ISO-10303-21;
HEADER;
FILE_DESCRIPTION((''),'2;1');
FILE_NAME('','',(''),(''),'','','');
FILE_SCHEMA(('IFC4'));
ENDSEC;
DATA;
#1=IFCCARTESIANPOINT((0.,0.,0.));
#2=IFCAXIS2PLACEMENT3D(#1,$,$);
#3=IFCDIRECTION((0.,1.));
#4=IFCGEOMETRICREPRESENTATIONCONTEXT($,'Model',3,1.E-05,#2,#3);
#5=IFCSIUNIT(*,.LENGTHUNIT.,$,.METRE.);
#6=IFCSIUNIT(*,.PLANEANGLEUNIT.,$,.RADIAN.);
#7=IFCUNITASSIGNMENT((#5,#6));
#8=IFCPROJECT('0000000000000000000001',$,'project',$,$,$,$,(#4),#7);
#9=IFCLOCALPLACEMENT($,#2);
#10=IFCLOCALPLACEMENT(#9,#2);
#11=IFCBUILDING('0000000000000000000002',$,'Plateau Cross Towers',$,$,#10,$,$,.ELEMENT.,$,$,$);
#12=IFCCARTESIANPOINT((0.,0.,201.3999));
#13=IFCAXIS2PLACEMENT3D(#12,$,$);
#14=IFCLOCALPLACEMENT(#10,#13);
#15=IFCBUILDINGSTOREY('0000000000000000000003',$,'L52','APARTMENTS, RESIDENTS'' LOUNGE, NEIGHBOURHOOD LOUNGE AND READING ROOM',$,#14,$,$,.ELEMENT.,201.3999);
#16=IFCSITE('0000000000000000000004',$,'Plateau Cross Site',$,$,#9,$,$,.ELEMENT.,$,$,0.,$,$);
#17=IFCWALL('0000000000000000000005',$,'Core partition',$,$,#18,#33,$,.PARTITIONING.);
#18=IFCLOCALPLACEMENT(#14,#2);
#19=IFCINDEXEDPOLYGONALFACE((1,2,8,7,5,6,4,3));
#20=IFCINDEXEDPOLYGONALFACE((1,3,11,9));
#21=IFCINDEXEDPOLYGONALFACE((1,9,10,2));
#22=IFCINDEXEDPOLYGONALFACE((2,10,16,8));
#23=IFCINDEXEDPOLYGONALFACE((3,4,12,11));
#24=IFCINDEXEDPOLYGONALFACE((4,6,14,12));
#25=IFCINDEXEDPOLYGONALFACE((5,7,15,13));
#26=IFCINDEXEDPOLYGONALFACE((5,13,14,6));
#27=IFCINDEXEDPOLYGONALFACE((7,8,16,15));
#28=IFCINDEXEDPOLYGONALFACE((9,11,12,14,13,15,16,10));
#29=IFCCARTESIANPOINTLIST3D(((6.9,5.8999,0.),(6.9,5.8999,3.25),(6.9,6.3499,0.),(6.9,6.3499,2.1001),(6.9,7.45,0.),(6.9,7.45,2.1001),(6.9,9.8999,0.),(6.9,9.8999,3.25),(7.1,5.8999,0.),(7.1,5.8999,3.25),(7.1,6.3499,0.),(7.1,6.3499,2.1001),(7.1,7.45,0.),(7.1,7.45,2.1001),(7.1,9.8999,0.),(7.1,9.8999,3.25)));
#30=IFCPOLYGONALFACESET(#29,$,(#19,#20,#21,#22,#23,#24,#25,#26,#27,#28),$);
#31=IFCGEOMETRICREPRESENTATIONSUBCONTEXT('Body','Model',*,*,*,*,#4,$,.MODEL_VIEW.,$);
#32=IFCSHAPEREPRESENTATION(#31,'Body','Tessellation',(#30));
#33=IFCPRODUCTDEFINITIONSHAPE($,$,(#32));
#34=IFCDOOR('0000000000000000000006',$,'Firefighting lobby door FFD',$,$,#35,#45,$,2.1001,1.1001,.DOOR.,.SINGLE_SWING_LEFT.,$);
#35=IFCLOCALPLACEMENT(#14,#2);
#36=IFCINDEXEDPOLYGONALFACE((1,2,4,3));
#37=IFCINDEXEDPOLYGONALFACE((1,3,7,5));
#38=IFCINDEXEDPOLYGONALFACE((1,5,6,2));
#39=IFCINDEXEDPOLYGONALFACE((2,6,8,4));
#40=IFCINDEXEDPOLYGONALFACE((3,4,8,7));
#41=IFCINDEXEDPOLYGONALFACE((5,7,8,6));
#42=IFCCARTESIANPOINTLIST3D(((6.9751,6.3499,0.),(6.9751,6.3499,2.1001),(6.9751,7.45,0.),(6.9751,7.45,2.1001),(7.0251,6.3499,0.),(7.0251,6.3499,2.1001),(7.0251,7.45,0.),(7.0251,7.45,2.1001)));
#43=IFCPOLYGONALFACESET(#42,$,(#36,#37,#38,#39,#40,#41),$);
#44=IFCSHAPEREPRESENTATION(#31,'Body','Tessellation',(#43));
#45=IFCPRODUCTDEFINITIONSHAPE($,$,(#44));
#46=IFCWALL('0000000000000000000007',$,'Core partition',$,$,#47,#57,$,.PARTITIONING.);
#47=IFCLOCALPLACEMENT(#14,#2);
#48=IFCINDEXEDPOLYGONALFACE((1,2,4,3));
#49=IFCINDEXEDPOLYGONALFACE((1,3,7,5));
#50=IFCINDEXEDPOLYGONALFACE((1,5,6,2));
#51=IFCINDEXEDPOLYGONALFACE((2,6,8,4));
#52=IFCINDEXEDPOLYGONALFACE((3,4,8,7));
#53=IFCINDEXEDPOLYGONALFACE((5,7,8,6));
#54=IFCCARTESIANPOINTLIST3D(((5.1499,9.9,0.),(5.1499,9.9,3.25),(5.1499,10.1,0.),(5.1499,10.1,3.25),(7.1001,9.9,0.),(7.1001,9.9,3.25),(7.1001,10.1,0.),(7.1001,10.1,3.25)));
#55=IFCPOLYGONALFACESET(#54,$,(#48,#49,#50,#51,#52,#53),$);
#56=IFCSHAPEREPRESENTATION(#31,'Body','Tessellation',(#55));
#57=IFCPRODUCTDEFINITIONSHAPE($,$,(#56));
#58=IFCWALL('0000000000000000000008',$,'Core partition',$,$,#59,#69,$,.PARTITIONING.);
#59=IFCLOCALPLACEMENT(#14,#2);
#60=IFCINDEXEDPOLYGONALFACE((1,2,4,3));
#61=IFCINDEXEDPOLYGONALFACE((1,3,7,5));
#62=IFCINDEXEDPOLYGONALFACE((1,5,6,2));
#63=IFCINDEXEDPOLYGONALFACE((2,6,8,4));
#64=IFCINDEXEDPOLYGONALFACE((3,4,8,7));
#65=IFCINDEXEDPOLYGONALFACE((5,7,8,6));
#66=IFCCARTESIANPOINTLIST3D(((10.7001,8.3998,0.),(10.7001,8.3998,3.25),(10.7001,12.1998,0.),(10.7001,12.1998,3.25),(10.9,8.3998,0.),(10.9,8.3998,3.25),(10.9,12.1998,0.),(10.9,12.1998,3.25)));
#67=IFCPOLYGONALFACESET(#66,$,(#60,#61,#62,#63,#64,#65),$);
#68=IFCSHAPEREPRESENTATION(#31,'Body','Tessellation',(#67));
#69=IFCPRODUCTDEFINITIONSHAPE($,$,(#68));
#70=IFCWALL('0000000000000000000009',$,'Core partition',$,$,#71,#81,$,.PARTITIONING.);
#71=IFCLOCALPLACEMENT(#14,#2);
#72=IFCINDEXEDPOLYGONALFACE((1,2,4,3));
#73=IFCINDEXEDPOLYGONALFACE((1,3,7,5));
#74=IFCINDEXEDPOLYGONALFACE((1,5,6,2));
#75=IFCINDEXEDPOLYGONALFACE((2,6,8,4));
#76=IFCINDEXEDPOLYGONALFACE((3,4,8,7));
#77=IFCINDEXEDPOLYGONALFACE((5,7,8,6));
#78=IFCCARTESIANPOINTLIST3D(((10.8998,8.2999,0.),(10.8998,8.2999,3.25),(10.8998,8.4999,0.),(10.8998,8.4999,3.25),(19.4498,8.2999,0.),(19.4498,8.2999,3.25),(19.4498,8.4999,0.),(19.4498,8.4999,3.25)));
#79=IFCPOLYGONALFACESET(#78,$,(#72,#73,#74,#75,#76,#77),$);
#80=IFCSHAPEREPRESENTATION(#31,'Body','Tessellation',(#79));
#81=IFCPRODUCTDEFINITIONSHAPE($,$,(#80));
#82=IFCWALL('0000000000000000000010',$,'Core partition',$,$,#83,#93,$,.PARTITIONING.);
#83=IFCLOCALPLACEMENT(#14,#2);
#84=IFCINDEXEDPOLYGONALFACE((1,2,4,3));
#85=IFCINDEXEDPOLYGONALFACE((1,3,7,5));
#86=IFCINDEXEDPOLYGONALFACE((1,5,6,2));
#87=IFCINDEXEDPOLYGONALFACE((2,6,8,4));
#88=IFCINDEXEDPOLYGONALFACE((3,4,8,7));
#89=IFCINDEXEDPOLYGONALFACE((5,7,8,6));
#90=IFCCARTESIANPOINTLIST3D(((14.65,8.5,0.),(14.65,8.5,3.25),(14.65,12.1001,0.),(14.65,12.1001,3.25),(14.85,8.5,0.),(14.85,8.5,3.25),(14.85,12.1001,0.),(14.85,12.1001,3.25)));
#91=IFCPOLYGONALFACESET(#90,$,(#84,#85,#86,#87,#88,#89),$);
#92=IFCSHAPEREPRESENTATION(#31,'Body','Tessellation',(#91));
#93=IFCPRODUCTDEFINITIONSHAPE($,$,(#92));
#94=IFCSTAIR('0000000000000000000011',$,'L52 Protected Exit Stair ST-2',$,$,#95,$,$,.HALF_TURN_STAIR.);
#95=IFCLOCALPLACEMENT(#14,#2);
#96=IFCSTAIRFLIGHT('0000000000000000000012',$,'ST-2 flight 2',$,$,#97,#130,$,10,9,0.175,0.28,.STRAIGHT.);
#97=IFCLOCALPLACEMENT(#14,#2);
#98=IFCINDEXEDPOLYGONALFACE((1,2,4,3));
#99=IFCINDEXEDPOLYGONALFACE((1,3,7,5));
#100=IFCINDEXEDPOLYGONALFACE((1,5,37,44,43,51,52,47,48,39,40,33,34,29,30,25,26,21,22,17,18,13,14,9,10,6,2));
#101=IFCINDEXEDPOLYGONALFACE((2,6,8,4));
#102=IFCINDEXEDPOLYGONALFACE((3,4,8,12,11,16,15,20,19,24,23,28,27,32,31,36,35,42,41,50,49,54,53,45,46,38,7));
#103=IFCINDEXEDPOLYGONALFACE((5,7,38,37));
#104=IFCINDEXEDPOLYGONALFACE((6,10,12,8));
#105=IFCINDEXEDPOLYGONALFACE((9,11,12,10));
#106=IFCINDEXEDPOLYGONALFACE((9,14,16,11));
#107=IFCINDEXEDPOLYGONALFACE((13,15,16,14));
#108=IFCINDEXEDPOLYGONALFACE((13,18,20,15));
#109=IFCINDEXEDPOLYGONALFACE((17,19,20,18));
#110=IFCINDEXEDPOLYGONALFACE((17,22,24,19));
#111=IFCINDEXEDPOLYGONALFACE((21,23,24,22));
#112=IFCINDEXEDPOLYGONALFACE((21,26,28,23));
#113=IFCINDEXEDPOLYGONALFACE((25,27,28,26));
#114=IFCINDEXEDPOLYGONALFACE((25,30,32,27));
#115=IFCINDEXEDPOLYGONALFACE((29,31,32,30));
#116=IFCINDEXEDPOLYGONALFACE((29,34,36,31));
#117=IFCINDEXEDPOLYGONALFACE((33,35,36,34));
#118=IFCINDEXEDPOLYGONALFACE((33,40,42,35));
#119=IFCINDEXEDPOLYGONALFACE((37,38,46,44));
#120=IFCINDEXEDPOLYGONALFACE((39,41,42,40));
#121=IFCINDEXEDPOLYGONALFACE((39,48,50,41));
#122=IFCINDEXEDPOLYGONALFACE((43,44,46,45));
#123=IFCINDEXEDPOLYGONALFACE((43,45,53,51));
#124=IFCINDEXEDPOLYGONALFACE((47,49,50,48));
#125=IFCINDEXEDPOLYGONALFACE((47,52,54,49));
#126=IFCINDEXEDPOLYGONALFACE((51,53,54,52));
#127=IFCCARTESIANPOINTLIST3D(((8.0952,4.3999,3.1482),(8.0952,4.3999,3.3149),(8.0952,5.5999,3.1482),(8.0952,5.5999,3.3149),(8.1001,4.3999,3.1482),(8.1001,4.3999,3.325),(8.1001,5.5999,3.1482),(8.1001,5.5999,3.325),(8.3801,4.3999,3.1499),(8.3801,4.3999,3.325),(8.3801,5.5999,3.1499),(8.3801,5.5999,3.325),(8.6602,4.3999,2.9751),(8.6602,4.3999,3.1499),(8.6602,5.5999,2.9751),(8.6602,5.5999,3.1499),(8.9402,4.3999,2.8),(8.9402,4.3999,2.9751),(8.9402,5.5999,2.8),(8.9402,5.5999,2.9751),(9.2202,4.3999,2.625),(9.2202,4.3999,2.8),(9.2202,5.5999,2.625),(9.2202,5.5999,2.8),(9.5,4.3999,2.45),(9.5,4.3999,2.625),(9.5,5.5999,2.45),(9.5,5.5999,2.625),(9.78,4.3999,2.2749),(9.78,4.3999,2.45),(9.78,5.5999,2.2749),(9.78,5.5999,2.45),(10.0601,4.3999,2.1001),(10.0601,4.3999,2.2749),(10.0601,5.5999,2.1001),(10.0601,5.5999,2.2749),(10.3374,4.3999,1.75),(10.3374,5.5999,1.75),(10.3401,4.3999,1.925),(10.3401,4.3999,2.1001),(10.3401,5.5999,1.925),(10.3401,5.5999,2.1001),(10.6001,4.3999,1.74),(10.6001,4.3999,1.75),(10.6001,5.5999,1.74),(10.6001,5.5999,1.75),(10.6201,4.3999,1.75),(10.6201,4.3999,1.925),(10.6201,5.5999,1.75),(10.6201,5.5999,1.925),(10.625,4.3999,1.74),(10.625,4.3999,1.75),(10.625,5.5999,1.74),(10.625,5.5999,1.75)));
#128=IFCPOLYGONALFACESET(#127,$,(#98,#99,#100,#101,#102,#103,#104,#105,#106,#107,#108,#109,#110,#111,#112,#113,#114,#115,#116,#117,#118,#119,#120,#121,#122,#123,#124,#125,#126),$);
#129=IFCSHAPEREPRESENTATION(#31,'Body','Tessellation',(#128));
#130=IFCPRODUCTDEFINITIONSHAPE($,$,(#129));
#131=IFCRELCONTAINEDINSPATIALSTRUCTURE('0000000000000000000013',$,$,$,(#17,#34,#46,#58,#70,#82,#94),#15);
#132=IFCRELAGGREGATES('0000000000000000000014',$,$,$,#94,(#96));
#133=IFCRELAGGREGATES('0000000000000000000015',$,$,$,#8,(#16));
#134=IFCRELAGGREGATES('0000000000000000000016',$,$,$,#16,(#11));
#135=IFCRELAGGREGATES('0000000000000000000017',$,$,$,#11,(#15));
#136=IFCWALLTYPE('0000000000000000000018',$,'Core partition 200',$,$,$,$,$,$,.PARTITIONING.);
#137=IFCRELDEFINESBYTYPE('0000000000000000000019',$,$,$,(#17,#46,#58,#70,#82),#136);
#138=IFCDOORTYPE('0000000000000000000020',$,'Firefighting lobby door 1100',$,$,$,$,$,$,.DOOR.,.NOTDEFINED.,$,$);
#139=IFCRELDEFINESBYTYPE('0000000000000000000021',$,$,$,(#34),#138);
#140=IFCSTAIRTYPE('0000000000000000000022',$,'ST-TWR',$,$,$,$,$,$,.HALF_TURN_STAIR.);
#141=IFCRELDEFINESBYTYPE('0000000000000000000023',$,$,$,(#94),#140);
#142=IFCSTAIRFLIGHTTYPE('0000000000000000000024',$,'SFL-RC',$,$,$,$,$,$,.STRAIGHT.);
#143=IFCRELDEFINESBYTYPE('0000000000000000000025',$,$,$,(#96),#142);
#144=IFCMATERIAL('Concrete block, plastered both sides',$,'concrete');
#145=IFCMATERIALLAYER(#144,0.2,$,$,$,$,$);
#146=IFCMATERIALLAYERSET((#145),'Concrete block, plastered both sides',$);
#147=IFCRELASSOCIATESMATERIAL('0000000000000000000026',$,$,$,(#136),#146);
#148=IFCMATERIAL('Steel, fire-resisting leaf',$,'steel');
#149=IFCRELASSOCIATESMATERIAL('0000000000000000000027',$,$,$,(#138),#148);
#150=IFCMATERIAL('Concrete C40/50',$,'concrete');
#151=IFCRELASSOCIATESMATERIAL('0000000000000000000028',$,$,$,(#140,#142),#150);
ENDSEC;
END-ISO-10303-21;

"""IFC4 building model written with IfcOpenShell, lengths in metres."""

from ifc_helpers import new_model, si_unit, direction, frame, frame_2d, origin, place, context, subcontext, project, spatial, polyline, rectangle, outline, extrude, material, layer, layer_set, type_object, element, fill, aggregate, save


model = new_model("IFC4")

# Units and contexts
model_context = context("Model", 3, precision=1e-05, world=origin(), true_north=direction((0.0, 1.0)))
body_context = subcontext(model_context, "Body", "Model", "MODEL_VIEW")
ifc_project = project(units=[si_unit("LENGTHUNIT", "METRE"), si_unit("PLANEANGLEUNIT", "RADIAN")], contexts=[model_context])

# Site, building, storey
site_placement = place(None, origin())
site = spatial("IfcSite", under=ifc_project, at=site_placement, Name="Plateau Cross Site", CompositionType="ELEMENT", RefElevation=0.0)
building_placement = place(site_placement, origin())
building = spatial("IfcBuilding", under=site, at=building_placement, Name="Plateau Cross Towers", CompositionType="ELEMENT")
storey_placement = place(building_placement, frame((0.0, 0.0, 201.3999)))
storey = spatial("IfcBuildingStorey", under=building, at=storey_placement, Name="L52", Description="APARTMENTS, RESIDENTS' LOUNGE, NEIGHBOURHOOD LOUNGE AND READING ROOM", CompositionType="ELEMENT", Elevation=201.3999)

# Wall, opening, door
ifc_material_1 = material(Name="Concrete block, plastered both sides", Category="concrete")
ifc_layer = layer(ifc_material_1, 0.2)
ifc_layer_set = layer_set([ifc_layer], Name="Concrete block, plastered both sides")
wall_type = type_object("IfcWallType", Name="Core partition 200", PredefinedType="PARTITIONING", material=ifc_layer_set)
wall_1_placement = place(storey_placement, frame((7.0, 5.8999, 0.0), z_axis=(0.0, 0.0, 1.0), x_axis=(0.0, 1.0, 0.0)))
wall_1 = element("IfcWall", 1, at=wall_1_placement, inside=storey, type_object=wall_type, Name="Core partition", PredefinedType="PARTITIONING", context=body_context, shape_type="SweptSolid", body=[
    extrude(rectangle(XDim=4.0, YDim=0.2, at=frame_2d((2.0, 0.0))), origin(), (0.0, 0.0, 1.0), 3.25),
])
opening_placement = place(wall_1_placement, frame((0.45, 0.0, 0.0)))
opening = element("IfcOpeningElement", 2, at=opening_placement, cuts=wall_1, PredefinedType="OPENING", context=body_context, shape_type="SweptSolid", body=[
    extrude(rectangle(XDim=1.1001, YDim=2.1001, at=frame_2d((0.55, 1.05))), frame((0.0, 0.1099, 0.0), z_axis=(0.0, -1.0, 0.0), x_axis=(1.0, 0.0, 0.0)), (0.0, 0.0, 1.0), 0.22),
])
ifc_material_2 = material(Name="Steel, fire-resisting leaf", Category="steel")
door_type = type_object("IfcDoorType", Name="Firefighting lobby door 1100", OperationType="NOTDEFINED", PredefinedType="DOOR", material=ifc_material_2)
door_placement = place(opening_placement, origin())
door = element("IfcDoor", 3, at=door_placement, inside=storey, type_object=door_type, Name="Firefighting lobby door FFD", OperationType="SINGLE_SWING_LEFT", OverallHeight=2.1001, OverallWidth=1.1001, PredefinedType="DOOR", context=body_context, shape_type="SweptSolid", body=[
    extrude(rectangle(XDim=1.1001, YDim=2.1001, at=frame_2d((0.55, 1.05))), frame((0.0, 0.0249, 0.0), z_axis=(0.0, -1.0, 0.0), x_axis=(1.0, 0.0, 0.0)), (0.0, 0.0, 1.0), 0.05),
])
fill(opening, door)

# Walls
wall_2_placement = place(storey_placement, frame((5.1499, 10.0, 0.0), z_axis=(0.0, 0.0, 1.0), x_axis=(1.0, 0.0, 0.0)))
element("IfcWall", 4, at=wall_2_placement, inside=storey, type_object=wall_type, Name="Core partition", PredefinedType="PARTITIONING", context=body_context, shape_type="SweptSolid", body=[
    extrude(rectangle(XDim=1.9502, YDim=0.2, at=frame_2d((0.9751, 0.0))), origin(), (0.0, 0.0, 1.0), 3.25),
])
wall_3_placement = place(storey_placement, frame((10.8, 8.3999, 0.0), z_axis=(0.0, 0.0, 1.0), x_axis=(0.0, 1.0, 0.0)))
element("IfcWall", 5, at=wall_3_placement, inside=storey, type_object=wall_type, Name="Core partition", PredefinedType="PARTITIONING", context=body_context, shape_type="SweptSolid", body=[
    extrude(rectangle(XDim=3.8, YDim=0.2, at=frame_2d((1.8999, 0.0))), origin(), (0.0, 0.0, 1.0), 3.25),
])
wall_4_placement = place(storey_placement, frame((10.8999, 8.3999, 0.0), z_axis=(0.0, 0.0, 1.0), x_axis=(1.0, 0.0, 0.0)))
element("IfcWall", 6, at=wall_4_placement, inside=storey, type_object=wall_type, Name="Core partition", PredefinedType="PARTITIONING", context=body_context, shape_type="SweptSolid", body=[
    extrude(rectangle(XDim=8.55, YDim=0.2, at=frame_2d((4.2749, 0.0))), origin(), (0.0, 0.0, 1.0), 3.25),
])
wall_5_placement = place(storey_placement, frame((14.75, 8.5, 0.0), z_axis=(0.0, 0.0, 1.0), x_axis=(0.0, 1.0, 0.0)))
element("IfcWall", 7, at=wall_5_placement, inside=storey, type_object=wall_type, Name="Core partition", PredefinedType="PARTITIONING", context=body_context, shape_type="SweptSolid", body=[
    extrude(rectangle(XDim=3.6001, YDim=0.2, at=frame_2d((1.8, 0.0))), origin(), (0.0, 0.0, 1.0), 3.25),
])

# Stair, stair flight
ifc_material_3 = material(Name="Concrete C40/50", Category="concrete")
stair_type = type_object("IfcStairType", Name="ST-TWR", PredefinedType="HALF_TURN_STAIR", material=ifc_material_3)
stair_placement = place(storey_placement, origin())
stair = element("IfcStair", 8, at=stair_placement, inside=storey, type_object=stair_type, Name="L52 Protected Exit Stair ST-2", PredefinedType="HALF_TURN_STAIR")
stair_flight_type = type_object("IfcStairFlightType", Name="SFL-RC", PredefinedType="STRAIGHT", material=ifc_material_3)
stair_flight_placement = place(storey_placement, frame((10.6201, 5.0, 1.75), z_axis=(0.0, 0.0, 1.0), x_axis=(-1.0, 0.0, 0.0)))
stair_flight = element("IfcStairFlight", 9, at=stair_flight_placement, type_object=stair_flight_type, Name="ST-2 flight 2", NumberOfRisers=10, NumberOfTreads=9, PredefinedType="STRAIGHT", RiserHeight=0.175, TreadLength=0.28, context=body_context, shape_type="SweptSolid", body=[
    extrude(outline(polyline([(-0.0049, -0.01), (-0.0049, 0.0), (0.0, 0.0), (0.0, 0.175), (0.28, 0.175), (0.28, 0.3501), (0.5601, 0.3501), (0.5601, 0.5249), (0.8401, 0.5249), (0.8401, 0.7), (1.1201, 0.7), (1.1201, 0.875), (1.3999, 0.875), (1.3999, 1.05), (1.6799, 1.05), (1.6799, 1.2251), (1.96, 1.2251), (1.96, 1.3999), (2.24, 1.3999), (2.24, 1.575), (2.52, 1.575), (2.5249, 1.5649), (2.5249, 1.3982), (2.52, 1.3982), (0.2827, 0.0), (0.02, 0.0), (0.02, -0.01), (-0.0049, -0.01)])), frame((0.0, 0.6001, 0.0), z_axis=(0.0, -1.0, 0.0), x_axis=(1.0, 0.0, 0.0)), (0.0, 0.0, 1.0), 1.2),
])
aggregate(stair, [stair_flight])

save(model, "model.ifc")
